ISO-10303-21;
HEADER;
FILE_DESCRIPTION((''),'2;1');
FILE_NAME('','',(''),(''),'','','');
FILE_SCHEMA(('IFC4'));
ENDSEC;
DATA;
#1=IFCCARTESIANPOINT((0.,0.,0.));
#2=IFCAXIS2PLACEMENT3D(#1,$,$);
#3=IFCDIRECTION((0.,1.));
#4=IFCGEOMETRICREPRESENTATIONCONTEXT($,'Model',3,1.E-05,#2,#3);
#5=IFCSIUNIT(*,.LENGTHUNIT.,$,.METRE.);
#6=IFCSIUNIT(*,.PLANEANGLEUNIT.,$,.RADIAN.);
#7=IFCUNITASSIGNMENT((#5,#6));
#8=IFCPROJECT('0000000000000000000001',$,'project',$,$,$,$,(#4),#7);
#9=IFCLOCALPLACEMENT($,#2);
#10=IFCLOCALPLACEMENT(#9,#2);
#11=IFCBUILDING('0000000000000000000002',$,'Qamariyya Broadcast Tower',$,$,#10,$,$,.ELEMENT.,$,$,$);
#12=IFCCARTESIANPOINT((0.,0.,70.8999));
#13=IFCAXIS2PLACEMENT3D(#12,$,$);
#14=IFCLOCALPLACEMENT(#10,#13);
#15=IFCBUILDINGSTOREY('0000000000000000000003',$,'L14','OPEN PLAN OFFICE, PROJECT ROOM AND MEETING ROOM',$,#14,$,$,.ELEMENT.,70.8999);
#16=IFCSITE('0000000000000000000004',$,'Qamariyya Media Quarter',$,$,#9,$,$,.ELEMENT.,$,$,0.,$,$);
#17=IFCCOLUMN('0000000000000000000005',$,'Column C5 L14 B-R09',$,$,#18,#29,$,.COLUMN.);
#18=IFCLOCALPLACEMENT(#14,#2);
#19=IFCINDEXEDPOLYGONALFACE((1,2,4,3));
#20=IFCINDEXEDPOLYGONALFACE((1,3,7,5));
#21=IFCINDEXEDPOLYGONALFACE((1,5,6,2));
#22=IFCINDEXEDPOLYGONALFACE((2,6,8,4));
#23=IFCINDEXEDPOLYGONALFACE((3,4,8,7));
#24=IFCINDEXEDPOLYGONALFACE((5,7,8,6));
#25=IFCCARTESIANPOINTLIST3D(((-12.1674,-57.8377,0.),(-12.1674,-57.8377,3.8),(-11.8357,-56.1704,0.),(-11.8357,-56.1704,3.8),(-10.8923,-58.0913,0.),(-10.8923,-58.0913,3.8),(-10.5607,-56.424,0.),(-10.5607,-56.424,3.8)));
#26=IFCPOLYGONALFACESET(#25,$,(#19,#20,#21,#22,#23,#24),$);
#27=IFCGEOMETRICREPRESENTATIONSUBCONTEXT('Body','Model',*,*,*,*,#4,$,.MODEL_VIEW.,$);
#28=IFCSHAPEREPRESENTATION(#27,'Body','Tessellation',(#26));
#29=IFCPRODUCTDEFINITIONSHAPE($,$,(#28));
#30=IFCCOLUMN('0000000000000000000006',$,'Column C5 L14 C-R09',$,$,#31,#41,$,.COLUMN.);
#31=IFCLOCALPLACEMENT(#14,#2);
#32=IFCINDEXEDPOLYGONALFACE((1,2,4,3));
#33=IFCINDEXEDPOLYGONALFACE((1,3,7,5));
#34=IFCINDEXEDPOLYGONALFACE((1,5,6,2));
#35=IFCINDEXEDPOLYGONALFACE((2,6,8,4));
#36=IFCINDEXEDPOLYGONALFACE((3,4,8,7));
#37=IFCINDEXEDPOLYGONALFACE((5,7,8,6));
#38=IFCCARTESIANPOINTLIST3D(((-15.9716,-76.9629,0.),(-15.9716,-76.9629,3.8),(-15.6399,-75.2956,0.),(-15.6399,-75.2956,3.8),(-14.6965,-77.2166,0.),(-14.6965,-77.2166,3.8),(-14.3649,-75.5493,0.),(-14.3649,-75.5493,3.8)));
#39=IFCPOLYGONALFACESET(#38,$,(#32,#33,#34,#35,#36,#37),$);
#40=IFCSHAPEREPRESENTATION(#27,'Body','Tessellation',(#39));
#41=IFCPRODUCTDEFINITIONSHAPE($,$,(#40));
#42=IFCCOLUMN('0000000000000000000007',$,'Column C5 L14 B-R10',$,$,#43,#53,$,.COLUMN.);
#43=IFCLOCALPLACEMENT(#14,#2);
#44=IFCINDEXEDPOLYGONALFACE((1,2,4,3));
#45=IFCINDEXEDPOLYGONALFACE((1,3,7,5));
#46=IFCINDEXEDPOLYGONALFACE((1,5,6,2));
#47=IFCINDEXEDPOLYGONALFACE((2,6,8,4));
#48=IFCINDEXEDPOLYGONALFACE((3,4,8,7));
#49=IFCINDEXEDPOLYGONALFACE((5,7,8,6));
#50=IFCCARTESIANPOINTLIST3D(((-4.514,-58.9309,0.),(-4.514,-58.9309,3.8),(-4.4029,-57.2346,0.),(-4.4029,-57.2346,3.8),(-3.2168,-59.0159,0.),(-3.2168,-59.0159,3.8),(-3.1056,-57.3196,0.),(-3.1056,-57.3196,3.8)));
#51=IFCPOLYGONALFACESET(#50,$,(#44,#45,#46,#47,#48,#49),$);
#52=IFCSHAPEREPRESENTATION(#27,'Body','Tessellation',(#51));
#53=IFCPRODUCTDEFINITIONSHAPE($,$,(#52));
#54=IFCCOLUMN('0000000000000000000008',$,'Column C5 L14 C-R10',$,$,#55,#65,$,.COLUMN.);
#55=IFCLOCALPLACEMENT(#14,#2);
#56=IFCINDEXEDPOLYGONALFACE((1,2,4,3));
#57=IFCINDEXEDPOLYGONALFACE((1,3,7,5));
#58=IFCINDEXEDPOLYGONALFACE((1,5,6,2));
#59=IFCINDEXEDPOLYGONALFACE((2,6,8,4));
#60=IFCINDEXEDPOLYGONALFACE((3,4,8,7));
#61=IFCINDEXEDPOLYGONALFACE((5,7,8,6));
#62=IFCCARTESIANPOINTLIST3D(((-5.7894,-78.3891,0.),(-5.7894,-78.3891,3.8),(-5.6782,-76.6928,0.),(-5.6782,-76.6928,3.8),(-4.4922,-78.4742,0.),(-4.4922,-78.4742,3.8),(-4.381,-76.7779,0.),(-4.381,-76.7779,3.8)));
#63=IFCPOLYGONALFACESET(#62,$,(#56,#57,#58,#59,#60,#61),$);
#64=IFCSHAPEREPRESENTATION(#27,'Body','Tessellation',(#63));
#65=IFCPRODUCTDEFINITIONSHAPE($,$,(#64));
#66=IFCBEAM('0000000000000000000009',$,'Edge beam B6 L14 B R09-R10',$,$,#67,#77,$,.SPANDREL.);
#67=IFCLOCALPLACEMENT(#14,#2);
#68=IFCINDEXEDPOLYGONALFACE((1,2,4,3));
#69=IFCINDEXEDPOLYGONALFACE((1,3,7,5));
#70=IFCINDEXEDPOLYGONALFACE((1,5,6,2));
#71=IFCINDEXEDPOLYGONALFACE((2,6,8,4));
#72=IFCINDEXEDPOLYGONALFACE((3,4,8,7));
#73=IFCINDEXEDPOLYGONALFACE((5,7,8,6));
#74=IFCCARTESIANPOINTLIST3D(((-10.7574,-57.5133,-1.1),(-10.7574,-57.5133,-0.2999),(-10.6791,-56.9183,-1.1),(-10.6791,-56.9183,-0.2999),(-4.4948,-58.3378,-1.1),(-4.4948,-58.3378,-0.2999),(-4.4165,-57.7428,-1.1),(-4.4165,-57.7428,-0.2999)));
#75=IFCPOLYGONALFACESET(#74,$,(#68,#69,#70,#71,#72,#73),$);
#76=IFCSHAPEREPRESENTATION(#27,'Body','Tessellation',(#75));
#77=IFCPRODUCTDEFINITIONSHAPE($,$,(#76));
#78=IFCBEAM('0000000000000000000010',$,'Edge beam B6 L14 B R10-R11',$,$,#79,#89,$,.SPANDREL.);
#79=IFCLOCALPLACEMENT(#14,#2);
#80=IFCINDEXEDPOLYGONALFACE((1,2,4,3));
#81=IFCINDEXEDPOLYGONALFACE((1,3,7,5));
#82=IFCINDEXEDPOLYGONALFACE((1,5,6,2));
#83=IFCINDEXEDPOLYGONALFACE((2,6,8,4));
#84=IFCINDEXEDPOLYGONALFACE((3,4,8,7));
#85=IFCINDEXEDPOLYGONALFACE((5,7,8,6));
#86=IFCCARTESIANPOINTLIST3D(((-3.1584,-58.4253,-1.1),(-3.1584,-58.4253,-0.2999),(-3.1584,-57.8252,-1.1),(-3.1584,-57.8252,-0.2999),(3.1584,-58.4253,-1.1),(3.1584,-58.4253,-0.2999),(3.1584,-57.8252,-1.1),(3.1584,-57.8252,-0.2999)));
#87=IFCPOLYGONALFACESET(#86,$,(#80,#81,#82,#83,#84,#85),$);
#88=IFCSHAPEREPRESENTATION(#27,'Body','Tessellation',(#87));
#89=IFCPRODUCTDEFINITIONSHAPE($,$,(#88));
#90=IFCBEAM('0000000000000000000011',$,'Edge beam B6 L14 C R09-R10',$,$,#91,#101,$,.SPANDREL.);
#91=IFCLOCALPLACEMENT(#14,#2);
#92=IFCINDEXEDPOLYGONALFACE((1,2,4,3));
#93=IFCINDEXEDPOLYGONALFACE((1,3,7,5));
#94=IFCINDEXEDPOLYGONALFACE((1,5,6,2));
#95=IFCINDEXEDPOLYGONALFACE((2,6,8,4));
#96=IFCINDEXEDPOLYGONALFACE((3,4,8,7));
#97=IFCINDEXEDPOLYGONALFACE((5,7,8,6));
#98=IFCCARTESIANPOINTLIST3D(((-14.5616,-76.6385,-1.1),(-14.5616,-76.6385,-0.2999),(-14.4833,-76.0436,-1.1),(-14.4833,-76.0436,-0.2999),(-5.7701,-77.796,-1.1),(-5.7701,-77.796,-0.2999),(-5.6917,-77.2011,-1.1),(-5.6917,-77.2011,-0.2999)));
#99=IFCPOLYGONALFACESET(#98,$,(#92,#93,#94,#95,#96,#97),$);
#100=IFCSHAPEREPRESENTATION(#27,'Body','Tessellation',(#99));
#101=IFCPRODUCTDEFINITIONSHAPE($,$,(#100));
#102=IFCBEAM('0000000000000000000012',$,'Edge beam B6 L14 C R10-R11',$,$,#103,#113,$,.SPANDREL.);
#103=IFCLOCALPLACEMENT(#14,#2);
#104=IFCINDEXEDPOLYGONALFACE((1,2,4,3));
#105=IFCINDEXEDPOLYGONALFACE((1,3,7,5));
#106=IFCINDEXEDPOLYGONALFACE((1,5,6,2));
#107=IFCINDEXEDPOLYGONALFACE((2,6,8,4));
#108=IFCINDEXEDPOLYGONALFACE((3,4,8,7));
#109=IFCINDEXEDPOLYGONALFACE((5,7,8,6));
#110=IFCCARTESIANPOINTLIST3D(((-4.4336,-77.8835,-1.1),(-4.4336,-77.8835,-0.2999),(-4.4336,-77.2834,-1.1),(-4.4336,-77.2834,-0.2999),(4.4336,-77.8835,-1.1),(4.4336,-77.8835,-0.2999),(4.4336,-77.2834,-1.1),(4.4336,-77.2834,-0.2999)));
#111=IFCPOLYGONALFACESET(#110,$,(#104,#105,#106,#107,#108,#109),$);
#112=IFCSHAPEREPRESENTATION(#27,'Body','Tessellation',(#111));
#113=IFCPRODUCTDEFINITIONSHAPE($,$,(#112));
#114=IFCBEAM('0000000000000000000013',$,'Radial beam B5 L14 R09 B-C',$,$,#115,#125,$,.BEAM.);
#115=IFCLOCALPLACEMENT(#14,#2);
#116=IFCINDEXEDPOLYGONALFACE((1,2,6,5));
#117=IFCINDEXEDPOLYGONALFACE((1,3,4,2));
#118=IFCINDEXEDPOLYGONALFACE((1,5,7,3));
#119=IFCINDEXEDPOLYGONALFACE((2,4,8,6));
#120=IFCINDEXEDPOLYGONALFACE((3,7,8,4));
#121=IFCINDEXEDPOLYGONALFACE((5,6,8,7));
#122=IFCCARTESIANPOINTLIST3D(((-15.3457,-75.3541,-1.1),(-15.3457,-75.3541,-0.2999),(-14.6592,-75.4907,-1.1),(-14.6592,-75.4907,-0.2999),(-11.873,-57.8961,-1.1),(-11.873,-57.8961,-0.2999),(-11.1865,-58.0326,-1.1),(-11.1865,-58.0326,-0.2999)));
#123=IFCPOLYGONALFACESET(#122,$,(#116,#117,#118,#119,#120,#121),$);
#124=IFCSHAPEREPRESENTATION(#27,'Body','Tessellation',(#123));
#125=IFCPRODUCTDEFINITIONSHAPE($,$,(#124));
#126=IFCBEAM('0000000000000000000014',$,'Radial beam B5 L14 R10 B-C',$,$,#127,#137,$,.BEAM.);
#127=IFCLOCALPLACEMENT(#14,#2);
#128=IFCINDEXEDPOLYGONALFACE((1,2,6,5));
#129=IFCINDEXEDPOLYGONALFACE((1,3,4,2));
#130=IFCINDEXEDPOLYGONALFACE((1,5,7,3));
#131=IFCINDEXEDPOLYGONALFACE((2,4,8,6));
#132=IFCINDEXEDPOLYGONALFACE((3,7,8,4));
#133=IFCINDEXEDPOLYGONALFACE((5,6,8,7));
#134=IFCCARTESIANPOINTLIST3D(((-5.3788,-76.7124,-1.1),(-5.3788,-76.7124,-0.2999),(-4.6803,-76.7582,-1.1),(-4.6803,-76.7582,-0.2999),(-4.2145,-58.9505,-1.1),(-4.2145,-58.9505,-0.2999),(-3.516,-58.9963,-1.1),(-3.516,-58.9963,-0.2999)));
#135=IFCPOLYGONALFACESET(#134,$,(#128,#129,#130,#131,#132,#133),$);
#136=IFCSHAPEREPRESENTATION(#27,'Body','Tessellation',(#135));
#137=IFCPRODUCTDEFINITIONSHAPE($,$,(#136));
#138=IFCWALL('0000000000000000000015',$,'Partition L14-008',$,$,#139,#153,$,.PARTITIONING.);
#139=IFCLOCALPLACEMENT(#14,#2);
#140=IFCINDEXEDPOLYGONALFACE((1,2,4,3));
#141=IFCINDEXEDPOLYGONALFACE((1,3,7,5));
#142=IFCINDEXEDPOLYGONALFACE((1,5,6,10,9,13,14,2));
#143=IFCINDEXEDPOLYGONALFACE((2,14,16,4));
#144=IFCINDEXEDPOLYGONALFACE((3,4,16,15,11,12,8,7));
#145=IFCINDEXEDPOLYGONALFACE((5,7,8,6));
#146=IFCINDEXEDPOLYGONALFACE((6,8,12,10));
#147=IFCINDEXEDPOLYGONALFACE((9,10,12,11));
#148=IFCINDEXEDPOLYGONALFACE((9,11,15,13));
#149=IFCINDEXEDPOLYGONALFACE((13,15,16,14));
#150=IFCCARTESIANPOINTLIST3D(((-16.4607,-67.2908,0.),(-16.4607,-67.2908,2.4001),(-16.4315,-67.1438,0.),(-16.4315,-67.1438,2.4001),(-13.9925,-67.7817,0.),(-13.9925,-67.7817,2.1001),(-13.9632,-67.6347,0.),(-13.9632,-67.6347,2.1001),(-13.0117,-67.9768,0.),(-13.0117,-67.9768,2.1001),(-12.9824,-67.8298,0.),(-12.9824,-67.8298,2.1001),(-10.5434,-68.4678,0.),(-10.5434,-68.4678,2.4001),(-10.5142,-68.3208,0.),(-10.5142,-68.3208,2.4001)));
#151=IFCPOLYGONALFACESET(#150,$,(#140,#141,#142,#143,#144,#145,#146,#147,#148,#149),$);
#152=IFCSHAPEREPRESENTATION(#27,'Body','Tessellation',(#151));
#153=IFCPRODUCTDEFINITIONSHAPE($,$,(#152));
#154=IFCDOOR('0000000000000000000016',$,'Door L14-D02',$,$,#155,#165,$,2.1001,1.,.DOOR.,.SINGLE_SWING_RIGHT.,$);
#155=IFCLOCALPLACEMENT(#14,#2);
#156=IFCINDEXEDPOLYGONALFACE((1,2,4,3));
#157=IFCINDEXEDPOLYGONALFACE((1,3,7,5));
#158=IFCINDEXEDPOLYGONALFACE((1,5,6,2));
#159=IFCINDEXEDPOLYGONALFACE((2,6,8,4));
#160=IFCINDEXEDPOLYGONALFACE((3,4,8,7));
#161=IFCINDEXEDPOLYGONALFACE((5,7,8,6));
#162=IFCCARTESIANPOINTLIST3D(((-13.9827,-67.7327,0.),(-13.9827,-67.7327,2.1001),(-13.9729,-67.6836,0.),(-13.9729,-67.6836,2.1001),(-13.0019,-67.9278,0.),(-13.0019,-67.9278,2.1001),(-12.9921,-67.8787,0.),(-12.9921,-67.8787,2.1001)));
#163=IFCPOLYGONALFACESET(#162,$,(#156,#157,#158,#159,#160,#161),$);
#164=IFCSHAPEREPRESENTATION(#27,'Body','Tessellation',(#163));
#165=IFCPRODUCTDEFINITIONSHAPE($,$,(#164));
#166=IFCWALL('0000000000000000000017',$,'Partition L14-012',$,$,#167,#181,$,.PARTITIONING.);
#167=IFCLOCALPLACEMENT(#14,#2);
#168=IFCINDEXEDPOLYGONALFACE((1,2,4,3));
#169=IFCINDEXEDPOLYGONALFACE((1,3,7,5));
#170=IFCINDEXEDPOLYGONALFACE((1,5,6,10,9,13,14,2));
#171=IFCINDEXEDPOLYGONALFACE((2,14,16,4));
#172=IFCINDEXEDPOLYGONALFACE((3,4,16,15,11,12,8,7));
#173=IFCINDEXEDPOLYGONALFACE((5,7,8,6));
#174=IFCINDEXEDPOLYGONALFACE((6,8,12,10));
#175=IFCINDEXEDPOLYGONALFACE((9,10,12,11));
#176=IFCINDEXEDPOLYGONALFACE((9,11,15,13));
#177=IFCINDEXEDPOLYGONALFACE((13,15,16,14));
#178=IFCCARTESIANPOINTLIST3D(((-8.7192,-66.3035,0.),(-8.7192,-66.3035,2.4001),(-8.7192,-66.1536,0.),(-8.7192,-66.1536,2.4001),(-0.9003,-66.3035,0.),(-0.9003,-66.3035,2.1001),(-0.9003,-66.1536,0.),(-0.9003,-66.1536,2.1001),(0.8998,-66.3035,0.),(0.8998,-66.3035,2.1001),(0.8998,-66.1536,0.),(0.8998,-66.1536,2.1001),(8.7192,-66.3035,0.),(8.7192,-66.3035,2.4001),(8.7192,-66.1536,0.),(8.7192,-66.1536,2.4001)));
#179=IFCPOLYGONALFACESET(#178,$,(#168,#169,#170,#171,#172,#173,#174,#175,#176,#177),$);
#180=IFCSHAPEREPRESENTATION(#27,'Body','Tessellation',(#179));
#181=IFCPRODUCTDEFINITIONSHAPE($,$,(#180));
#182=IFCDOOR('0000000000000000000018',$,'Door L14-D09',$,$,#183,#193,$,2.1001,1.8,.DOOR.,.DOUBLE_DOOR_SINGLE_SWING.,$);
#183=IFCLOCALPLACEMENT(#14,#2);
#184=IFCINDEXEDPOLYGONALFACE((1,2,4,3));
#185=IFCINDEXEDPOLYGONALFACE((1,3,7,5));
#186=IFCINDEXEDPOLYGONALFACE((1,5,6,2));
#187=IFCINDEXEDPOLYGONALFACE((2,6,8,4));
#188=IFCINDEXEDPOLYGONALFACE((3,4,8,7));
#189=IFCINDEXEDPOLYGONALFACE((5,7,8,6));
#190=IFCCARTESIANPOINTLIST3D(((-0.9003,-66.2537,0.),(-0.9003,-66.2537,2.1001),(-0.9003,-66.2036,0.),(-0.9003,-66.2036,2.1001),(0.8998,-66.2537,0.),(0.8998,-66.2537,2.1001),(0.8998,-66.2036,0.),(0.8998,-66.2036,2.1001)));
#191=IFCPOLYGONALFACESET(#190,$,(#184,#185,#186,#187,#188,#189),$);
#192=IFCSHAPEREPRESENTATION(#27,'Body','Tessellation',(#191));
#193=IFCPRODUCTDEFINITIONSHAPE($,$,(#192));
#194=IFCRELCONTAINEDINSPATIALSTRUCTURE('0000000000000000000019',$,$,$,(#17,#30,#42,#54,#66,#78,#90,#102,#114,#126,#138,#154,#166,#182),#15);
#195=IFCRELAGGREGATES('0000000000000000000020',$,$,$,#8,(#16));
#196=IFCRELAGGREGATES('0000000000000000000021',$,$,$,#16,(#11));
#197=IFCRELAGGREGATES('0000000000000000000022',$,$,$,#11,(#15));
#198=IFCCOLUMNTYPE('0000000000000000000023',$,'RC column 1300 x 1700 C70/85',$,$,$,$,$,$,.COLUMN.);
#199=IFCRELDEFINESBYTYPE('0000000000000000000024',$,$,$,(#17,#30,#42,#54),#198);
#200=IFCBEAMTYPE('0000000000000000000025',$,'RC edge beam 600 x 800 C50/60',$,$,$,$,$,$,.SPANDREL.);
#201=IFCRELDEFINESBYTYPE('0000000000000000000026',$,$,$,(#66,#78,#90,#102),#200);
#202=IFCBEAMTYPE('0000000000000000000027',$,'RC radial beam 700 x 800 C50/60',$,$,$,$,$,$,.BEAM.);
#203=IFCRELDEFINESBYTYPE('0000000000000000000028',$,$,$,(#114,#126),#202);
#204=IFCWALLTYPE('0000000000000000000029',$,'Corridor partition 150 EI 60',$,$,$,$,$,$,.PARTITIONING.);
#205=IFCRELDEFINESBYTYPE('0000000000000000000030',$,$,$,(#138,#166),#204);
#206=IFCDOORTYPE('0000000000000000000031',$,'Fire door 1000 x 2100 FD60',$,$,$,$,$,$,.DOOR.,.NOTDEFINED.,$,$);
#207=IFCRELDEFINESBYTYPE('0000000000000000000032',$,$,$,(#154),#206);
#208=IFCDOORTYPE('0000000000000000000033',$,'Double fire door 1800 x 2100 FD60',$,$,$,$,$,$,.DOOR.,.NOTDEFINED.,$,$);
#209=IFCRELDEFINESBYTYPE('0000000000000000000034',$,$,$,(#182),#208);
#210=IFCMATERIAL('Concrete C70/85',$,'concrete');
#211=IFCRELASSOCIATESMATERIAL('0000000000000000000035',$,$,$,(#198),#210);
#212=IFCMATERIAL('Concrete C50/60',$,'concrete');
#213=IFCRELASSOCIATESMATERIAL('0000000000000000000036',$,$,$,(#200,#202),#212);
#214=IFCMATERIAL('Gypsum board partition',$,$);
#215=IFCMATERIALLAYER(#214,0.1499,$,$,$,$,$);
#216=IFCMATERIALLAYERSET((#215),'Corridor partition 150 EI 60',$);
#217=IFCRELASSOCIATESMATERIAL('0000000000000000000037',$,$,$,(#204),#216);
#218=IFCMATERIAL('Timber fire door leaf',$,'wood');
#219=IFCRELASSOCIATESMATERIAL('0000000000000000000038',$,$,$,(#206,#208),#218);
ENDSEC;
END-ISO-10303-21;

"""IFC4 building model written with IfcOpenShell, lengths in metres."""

from ifc_helpers import new_model, si_unit, direction, frame, frame_2d, origin, origin_2d, place, context, subcontext, project, spatial, rectangle, extrude, material, layer, layer_set, material_profile, profile_set, type_object, element, fill, save


model = new_model("IFC4")

# Units and contexts
model_context = context("Model", 3, precision=1e-05, world=origin(), true_north=direction((0.0, 1.0)))
body_context = subcontext(model_context, "Body", "Model", "MODEL_VIEW")
ifc_project = project(units=[si_unit("LENGTHUNIT", "METRE"), si_unit("PLANEANGLEUNIT", "RADIAN")], contexts=[model_context])

# Site, building, storey
site_placement = place(None, origin())
site = spatial("IfcSite", under=ifc_project, at=site_placement, Name="Qamariyya Media Quarter", CompositionType="ELEMENT", RefElevation=0.0)
building_placement = place(site_placement, origin())
building = spatial("IfcBuilding", under=site, at=building_placement, Name="Qamariyya Broadcast Tower", CompositionType="ELEMENT")
storey_placement = place(building_placement, frame((0.0, 0.0, 70.8999)))
storey = spatial("IfcBuildingStorey", under=building, at=storey_placement, Name="L14", Description="OPEN PLAN OFFICE, PROJECT ROOM AND MEETING ROOM", CompositionType="ELEMENT", Elevation=70.8999)

# Columns
ifc_material_1 = material(Name="Concrete C70/85", Category="concrete")
ifc_material_profile_1 = material_profile(ifc_material_1, rectangle(XDim=1.3, YDim=1.7, at=origin_2d()))
ifc_profile_set_1 = profile_set([ifc_material_profile_1], Name="Concrete C70/85")
column_type = type_object("IfcColumnType", Name="RC column 1300 x 1700 C70/85", PredefinedType="COLUMN", material=ifc_profile_set_1)
for number, where, z_axis, x_axis, name in (
    (1, (-11.364, -57.1309, 0.0), (0.0, 0.0, 1.0), (0.980785, -0.19509, 0.0), "Column C5 L14 B-R09"),
    (2, (-15.1682, -76.2561, 0.0), (0.0, 0.0, 1.0), (0.980785, -0.19509, 0.0), "Column C5 L14 C-R09"),
    (3, (-3.8098, -58.1252, 0.0), (0.0, 0.0, 1.0), (0.997859, -0.065403, 0.0), "Column C5 L14 B-R10"),
    (4, (-5.0852, -77.5835, 0.0), (0.0, 0.0, 1.0), (0.997859, -0.065403, 0.0), "Column C5 L14 C-R10"),
):
    element("IfcColumn", number, at=place(storey_placement, frame(where, z_axis=z_axis, x_axis=x_axis)), inside=storey, type_object=column_type, Name=name, PredefinedType="COLUMN", context=body_context, shape_type="SweptSolid", body=[
        extrude(rectangle(XDim=1.3, YDim=1.7, at=origin_2d()), origin(), (0.0, 0.0, 1.0), 3.8),
    ])

# Beams
ifc_material_2 = material(Name="Concrete C50/60", Category="concrete")
ifc_material_profile_2 = material_profile(ifc_material_2, rectangle(XDim=0.6001, YDim=0.8, at=origin_2d()))
ifc_profile_set_2 = profile_set([ifc_material_profile_2], Name="Concrete C50/60")
beam_type_1 = type_object("IfcBeamType", Name="RC edge beam 600 x 800 C50/60", PredefinedType="SPANDREL", material=ifc_profile_set_2)
beam_1_placement = place(storey_placement, frame((-10.7183, -57.2158, -0.7), z_axis=(0.991446, -0.13052, 0.0), x_axis=(0.13052, 0.991446, 0.0)))
element("IfcBeam", 5, at=beam_1_placement, inside=storey, type_object=beam_type_1, Name="Edge beam B6 L14 B R09-R10", PredefinedType="SPANDREL", context=body_context, shape_type="SweptSolid", body=[
    extrude(rectangle(XDim=0.6001, YDim=0.8, at=origin_2d()), origin(), (0.0, 0.0, 1.0), 6.3167),
])
beam_2_placement = place(storey_placement, frame((-3.1584, -58.1252, -0.7), z_axis=(1.0, 0.0, 0.0), x_axis=(0.0, 1.0, 0.0)))
element("IfcBeam", 6, at=beam_2_placement, inside=storey, type_object=beam_type_1, Name="Edge beam B6 L14 B R10-R11", PredefinedType="SPANDREL", context=body_context, shape_type="SweptSolid", body=[
    extrude(rectangle(XDim=0.6001, YDim=0.8, at=origin_2d()), origin(), (0.0, 0.0, 1.0), 6.3169),
])
beam_3_placement = place(storey_placement, frame((-14.5225, -76.3411, -0.7), z_axis=(0.991444, -0.130531, 0.0), x_axis=(0.130531, 0.991444, 0.0)))
element("IfcBeam", 7, at=beam_3_placement, inside=storey, type_object=beam_type_1, Name="Edge beam B6 L14 C R09-R10", PredefinedType="SPANDREL", context=body_context, shape_type="SweptSolid", body=[
    extrude(rectangle(XDim=0.6001, YDim=0.8, at=origin_2d()), origin(), (0.0, 0.0, 1.0), 8.8674),
])
beam_4_placement = place(storey_placement, frame((-4.4336, -77.5835, -0.7), z_axis=(1.0, 0.0, 0.0), x_axis=(0.0, 1.0, 0.0)))
element("IfcBeam", 8, at=beam_4_placement, inside=storey, type_object=beam_type_1, Name="Edge beam B6 L14 C R10-R11", PredefinedType="SPANDREL", context=body_context, shape_type="SweptSolid", body=[
    extrude(rectangle(XDim=0.6001, YDim=0.8, at=origin_2d()), origin(), (0.0, 0.0, 1.0), 8.8672),
])
ifc_material_profile_3 = material_profile(ifc_material_2, rectangle(XDim=0.7, YDim=0.8, at=origin_2d()))
ifc_profile_set_3 = profile_set([ifc_material_profile_3], Name="Concrete C50/60")
beam_type_2 = type_object("IfcBeamType", Name="RC radial beam 700 x 800 C50/60", PredefinedType="BEAM", material=ifc_profile_set_3)
for number, where, z_axis, x_axis, name in (
    (9, (-11.5298, -57.9644, -0.7), (-0.195093, -0.980785, 0.0), (0.980785, -0.195093, 0.0), "Radial beam B5 L14 R09 B-C"),
    (10, (-3.8652, -58.9734, -0.7), (-0.06541, -0.997858, 0.0), (0.997858, -0.06541, 0.0), "Radial beam B5 L14 R10 B-C"),
):
    element("IfcBeam", number, at=place(storey_placement, frame(where, z_axis=z_axis, x_axis=x_axis)), inside=storey, type_object=beam_type_2, Name=name, PredefinedType="BEAM", context=body_context, shape_type="SweptSolid", body=[
        extrude(rectangle(XDim=0.7, YDim=0.8, at=origin_2d()), origin(), (0.0, 0.0, 1.0), 17.8),
    ])

# Walls, openings, doors
ifc_material_3 = material(Name="Gypsum board partition")
ifc_layer_1 = layer(ifc_material_3, 0.1499)
ifc_layer_set_1 = layer_set([ifc_layer_1], Name="Corridor partition 150 EI 60")
wall_type_1 = type_object("IfcWallType", Name="Corridor partition 150 EI 60", PredefinedType="PARTITIONING", material=ifc_layer_set_1)
wall_1_placement = place(storey_placement, frame((-10.5288, -68.3943, 0.0), z_axis=(0.0, 0.0, 1.0), x_axis=(-0.980786, 0.195089, 0.0)))
wall_1 = element("IfcWall", 11, at=wall_1_placement, inside=storey, type_object=wall_type_1, Name="Partition L14-008", PredefinedType="PARTITIONING", context=body_context, shape_type="SweptSolid", body=[
    extrude(rectangle(XDim=6.0332, YDim=0.1499, at=frame_2d((3.0166, 0.0))), origin(), (0.0, 0.0, 1.0), 2.4001),
])
opening_1_placement = place(wall_1_placement, frame((2.5166, 0.0, 0.0)))
opening_1 = element("IfcOpeningElement", 12, at=opening_1_placement, cuts=wall_1, PredefinedType="OPENING", context=body_context, shape_type="SweptSolid", body=[
    extrude(rectangle(XDim=1.0, YDim=2.1001, at=frame_2d((0.5, 1.05))), frame((0.0, 0.085, 0.0), z_axis=(0.0, -1.0, 0.0), x_axis=(1.0, 0.0, 0.0)), (0.0, 0.0, 1.0), 0.1699),
])
ifc_material_4 = material(Name="Timber fire door leaf", Category="wood")
door_type_1 = type_object("IfcDoorType", Name="Fire door 1000 x 2100 FD60", OperationType="NOTDEFINED", PredefinedType="DOOR", material=ifc_material_4)
door_1_placement = place(opening_1_placement, origin())
door_1 = element("IfcDoor", 13, at=door_1_placement, inside=storey, type_object=door_type_1, Name="Door L14-D02", OperationType="SINGLE_SWING_RIGHT", OverallHeight=2.1001, OverallWidth=1.0, PredefinedType="DOOR", context=body_context, shape_type="SweptSolid", body=[
    extrude(rectangle(XDim=1.0, YDim=2.1001, at=frame_2d((0.5, 1.05))), frame((0.0, 0.0249, 0.0), z_axis=(0.0, -1.0, 0.0), x_axis=(1.0, 0.0, 0.0)), (0.0, 0.0, 1.0), 0.05),
])
fill(opening_1, door_1)
wall_2_placement = place(storey_placement, frame((-8.7192, -66.2285, 0.0), z_axis=(0.0, 0.0, 1.0), x_axis=(1.0, 0.0, 0.0)))
wall_2 = element("IfcWall", 14, at=wall_2_placement, inside=storey, type_object=wall_type_1, Name="Partition L14-012", PredefinedType="PARTITIONING", context=body_context, shape_type="SweptSolid", body=[
    extrude(rectangle(XDim=17.4385, YDim=0.1499, at=frame_2d((8.7192, 0.0))), origin(), (0.0, 0.0, 1.0), 2.4001),
])
opening_2_placement = place(wall_2_placement, frame((7.8191, 0.0, 0.0)))
opening_2 = element("IfcOpeningElement", 15, at=opening_2_placement, cuts=wall_2, PredefinedType="OPENING", context=body_context, shape_type="SweptSolid", body=[
    extrude(rectangle(XDim=1.8, YDim=2.1001, at=frame_2d((0.8999, 1.05))), frame((0.0, 0.085, 0.0), z_axis=(0.0, -1.0, 0.0), x_axis=(1.0, 0.0, 0.0)), (0.0, 0.0, 1.0), 0.1699),
])
door_type_2 = type_object("IfcDoorType", Name="Double fire door 1800 x 2100 FD60", OperationType="NOTDEFINED", PredefinedType="DOOR", material=ifc_material_4)
door_2_placement = place(opening_2_placement, origin())
door_2 = element("IfcDoor", 16, at=door_2_placement, inside=storey, type_object=door_type_2, Name="Door L14-D09", OperationType="DOUBLE_DOOR_SINGLE_SWING", OverallHeight=2.1001, OverallWidth=1.8, PredefinedType="DOOR", context=body_context, shape_type="SweptSolid", body=[
    extrude(rectangle(XDim=1.8, YDim=2.1001, at=frame_2d((0.8999, 1.05))), frame((0.0, 0.0249, 0.0), z_axis=(0.0, -1.0, 0.0), x_axis=(1.0, 0.0, 0.0)), (0.0, 0.0, 1.0), 0.05),
])
fill(opening_2, door_2)

save(model, "model.ifc")
